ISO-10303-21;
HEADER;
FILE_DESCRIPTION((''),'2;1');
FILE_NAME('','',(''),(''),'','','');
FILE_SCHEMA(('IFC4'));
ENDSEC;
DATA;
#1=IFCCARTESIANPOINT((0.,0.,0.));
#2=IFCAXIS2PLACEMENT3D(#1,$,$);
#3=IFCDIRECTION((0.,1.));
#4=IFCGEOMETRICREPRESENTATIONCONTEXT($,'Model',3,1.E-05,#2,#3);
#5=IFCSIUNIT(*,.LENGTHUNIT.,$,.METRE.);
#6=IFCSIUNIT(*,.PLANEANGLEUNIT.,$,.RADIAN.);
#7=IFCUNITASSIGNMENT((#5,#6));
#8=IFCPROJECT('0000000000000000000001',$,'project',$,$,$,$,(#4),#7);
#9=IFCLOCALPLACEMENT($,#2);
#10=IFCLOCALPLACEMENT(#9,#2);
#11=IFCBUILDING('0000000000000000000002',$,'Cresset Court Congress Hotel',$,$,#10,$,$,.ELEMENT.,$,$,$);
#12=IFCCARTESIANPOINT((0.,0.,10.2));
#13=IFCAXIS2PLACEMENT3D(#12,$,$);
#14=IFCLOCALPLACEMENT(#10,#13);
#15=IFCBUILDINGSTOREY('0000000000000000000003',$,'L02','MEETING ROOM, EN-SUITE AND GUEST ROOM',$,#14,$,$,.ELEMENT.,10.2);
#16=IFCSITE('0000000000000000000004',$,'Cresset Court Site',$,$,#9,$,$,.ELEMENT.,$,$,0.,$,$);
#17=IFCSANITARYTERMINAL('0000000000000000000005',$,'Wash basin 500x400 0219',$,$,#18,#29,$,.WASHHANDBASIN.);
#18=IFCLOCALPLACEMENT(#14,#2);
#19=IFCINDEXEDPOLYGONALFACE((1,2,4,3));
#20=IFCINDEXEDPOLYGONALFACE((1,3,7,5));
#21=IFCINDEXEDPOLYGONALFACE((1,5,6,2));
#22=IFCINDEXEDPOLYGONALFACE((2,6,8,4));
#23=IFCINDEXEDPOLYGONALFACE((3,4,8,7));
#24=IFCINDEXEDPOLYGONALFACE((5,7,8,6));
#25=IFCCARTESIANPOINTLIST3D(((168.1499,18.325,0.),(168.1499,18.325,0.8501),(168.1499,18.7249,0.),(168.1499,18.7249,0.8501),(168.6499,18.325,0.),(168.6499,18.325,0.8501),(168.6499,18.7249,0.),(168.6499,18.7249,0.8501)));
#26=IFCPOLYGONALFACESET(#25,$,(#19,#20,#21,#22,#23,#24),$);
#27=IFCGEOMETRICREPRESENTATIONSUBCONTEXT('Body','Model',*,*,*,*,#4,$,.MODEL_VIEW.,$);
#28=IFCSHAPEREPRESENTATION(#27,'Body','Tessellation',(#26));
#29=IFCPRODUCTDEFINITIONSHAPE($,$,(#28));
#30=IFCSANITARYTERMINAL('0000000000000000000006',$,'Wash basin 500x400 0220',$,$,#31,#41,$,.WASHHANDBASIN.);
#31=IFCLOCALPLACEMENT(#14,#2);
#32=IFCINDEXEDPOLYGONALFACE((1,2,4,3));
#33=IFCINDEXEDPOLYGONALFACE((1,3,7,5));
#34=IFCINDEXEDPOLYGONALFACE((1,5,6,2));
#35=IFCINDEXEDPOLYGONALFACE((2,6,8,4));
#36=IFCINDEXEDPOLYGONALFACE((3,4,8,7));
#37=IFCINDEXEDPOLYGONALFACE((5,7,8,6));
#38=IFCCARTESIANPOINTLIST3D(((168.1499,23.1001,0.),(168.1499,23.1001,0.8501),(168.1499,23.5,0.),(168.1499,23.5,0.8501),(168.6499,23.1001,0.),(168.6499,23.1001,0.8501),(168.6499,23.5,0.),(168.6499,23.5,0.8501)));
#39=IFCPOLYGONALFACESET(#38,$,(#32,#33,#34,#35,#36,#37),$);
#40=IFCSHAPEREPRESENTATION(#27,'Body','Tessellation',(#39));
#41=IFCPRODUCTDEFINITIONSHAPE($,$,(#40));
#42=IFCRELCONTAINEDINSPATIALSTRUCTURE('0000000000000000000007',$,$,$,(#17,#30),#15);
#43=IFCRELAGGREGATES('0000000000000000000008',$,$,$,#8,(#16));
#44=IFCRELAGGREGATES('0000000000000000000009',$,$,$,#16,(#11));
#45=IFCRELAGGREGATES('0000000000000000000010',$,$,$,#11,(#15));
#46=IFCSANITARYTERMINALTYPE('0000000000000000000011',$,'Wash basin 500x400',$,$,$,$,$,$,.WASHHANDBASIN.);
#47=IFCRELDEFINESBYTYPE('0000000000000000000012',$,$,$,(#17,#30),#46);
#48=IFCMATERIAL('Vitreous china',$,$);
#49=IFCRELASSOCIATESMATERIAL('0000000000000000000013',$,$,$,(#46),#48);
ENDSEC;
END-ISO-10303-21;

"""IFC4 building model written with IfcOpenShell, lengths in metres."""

from ifc_helpers import new_model, si_unit, direction, frame, origin, origin_2d, place, context, subcontext, project, spatial, rectangle, extrude, material, type_object, element, save


model = new_model("IFC4")

# Units and contexts
model_context = context("Model", 3, precision=1e-05, world=origin(), true_north=direction((0.0, 1.0)))
body_context = subcontext(model_context, "Body", "Model", "MODEL_VIEW")
ifc_project = project(units=[si_unit("LENGTHUNIT", "METRE"), si_unit("PLANEANGLEUNIT", "RADIAN")], contexts=[model_context])

# Site, building, storey
site_placement = place(None, origin())
site = spatial("IfcSite", under=ifc_project, at=site_placement, Name="Cresset Court Site", CompositionType="ELEMENT", RefElevation=0.0)
building_placement = place(site_placement, origin())
building = spatial("IfcBuilding", under=site, at=building_placement, Name="Cresset Court Congress Hotel", CompositionType="ELEMENT")
storey_placement = place(building_placement, frame((0.0, 0.0, 10.2)))
storey = spatial("IfcBuildingStorey", under=building, at=storey_placement, Name="L02", Description="MEETING ROOM, EN-SUITE AND GUEST ROOM", CompositionType="ELEMENT", Elevation=10.2)

# Sanitary terminals
ifc_material_1 = material(Name="Vitreous china")
sanitary_terminal_type_1 = type_object("IfcSanitaryTerminalType", Name="Wash basin 500x400", PredefinedType="WASHHANDBASIN", material=ifc_material_1)
for number, where, z_axis, x_axis, name in (
    (1, (168.3999, 18.5249, 0.0), (0.0, 0.0, 1.0), (1.0, 0.0, 0.0), "Wash basin 500x400 0219"),
    (2, (168.3999, 23.3, 0.0), (0.0, 0.0, 1.0), (1.0, 0.0, 0.0), "Wash basin 500x400 0220"),
):
    element("IfcSanitaryTerminal", number, at=place(storey_placement, frame(where, z_axis=z_axis, x_axis=x_axis)), inside=storey, type_object=sanitary_terminal_type_1, Name=name, PredefinedType="WASHHANDBASIN", context=body_context, shape_type="SweptSolid", body=[
        extrude(rectangle(XDim=0.5, YDim=0.3999, at=origin_2d()), origin(), (0.0, 0.0, 1.0), 0.8501),
    ])

save(model, "model.ifc")
